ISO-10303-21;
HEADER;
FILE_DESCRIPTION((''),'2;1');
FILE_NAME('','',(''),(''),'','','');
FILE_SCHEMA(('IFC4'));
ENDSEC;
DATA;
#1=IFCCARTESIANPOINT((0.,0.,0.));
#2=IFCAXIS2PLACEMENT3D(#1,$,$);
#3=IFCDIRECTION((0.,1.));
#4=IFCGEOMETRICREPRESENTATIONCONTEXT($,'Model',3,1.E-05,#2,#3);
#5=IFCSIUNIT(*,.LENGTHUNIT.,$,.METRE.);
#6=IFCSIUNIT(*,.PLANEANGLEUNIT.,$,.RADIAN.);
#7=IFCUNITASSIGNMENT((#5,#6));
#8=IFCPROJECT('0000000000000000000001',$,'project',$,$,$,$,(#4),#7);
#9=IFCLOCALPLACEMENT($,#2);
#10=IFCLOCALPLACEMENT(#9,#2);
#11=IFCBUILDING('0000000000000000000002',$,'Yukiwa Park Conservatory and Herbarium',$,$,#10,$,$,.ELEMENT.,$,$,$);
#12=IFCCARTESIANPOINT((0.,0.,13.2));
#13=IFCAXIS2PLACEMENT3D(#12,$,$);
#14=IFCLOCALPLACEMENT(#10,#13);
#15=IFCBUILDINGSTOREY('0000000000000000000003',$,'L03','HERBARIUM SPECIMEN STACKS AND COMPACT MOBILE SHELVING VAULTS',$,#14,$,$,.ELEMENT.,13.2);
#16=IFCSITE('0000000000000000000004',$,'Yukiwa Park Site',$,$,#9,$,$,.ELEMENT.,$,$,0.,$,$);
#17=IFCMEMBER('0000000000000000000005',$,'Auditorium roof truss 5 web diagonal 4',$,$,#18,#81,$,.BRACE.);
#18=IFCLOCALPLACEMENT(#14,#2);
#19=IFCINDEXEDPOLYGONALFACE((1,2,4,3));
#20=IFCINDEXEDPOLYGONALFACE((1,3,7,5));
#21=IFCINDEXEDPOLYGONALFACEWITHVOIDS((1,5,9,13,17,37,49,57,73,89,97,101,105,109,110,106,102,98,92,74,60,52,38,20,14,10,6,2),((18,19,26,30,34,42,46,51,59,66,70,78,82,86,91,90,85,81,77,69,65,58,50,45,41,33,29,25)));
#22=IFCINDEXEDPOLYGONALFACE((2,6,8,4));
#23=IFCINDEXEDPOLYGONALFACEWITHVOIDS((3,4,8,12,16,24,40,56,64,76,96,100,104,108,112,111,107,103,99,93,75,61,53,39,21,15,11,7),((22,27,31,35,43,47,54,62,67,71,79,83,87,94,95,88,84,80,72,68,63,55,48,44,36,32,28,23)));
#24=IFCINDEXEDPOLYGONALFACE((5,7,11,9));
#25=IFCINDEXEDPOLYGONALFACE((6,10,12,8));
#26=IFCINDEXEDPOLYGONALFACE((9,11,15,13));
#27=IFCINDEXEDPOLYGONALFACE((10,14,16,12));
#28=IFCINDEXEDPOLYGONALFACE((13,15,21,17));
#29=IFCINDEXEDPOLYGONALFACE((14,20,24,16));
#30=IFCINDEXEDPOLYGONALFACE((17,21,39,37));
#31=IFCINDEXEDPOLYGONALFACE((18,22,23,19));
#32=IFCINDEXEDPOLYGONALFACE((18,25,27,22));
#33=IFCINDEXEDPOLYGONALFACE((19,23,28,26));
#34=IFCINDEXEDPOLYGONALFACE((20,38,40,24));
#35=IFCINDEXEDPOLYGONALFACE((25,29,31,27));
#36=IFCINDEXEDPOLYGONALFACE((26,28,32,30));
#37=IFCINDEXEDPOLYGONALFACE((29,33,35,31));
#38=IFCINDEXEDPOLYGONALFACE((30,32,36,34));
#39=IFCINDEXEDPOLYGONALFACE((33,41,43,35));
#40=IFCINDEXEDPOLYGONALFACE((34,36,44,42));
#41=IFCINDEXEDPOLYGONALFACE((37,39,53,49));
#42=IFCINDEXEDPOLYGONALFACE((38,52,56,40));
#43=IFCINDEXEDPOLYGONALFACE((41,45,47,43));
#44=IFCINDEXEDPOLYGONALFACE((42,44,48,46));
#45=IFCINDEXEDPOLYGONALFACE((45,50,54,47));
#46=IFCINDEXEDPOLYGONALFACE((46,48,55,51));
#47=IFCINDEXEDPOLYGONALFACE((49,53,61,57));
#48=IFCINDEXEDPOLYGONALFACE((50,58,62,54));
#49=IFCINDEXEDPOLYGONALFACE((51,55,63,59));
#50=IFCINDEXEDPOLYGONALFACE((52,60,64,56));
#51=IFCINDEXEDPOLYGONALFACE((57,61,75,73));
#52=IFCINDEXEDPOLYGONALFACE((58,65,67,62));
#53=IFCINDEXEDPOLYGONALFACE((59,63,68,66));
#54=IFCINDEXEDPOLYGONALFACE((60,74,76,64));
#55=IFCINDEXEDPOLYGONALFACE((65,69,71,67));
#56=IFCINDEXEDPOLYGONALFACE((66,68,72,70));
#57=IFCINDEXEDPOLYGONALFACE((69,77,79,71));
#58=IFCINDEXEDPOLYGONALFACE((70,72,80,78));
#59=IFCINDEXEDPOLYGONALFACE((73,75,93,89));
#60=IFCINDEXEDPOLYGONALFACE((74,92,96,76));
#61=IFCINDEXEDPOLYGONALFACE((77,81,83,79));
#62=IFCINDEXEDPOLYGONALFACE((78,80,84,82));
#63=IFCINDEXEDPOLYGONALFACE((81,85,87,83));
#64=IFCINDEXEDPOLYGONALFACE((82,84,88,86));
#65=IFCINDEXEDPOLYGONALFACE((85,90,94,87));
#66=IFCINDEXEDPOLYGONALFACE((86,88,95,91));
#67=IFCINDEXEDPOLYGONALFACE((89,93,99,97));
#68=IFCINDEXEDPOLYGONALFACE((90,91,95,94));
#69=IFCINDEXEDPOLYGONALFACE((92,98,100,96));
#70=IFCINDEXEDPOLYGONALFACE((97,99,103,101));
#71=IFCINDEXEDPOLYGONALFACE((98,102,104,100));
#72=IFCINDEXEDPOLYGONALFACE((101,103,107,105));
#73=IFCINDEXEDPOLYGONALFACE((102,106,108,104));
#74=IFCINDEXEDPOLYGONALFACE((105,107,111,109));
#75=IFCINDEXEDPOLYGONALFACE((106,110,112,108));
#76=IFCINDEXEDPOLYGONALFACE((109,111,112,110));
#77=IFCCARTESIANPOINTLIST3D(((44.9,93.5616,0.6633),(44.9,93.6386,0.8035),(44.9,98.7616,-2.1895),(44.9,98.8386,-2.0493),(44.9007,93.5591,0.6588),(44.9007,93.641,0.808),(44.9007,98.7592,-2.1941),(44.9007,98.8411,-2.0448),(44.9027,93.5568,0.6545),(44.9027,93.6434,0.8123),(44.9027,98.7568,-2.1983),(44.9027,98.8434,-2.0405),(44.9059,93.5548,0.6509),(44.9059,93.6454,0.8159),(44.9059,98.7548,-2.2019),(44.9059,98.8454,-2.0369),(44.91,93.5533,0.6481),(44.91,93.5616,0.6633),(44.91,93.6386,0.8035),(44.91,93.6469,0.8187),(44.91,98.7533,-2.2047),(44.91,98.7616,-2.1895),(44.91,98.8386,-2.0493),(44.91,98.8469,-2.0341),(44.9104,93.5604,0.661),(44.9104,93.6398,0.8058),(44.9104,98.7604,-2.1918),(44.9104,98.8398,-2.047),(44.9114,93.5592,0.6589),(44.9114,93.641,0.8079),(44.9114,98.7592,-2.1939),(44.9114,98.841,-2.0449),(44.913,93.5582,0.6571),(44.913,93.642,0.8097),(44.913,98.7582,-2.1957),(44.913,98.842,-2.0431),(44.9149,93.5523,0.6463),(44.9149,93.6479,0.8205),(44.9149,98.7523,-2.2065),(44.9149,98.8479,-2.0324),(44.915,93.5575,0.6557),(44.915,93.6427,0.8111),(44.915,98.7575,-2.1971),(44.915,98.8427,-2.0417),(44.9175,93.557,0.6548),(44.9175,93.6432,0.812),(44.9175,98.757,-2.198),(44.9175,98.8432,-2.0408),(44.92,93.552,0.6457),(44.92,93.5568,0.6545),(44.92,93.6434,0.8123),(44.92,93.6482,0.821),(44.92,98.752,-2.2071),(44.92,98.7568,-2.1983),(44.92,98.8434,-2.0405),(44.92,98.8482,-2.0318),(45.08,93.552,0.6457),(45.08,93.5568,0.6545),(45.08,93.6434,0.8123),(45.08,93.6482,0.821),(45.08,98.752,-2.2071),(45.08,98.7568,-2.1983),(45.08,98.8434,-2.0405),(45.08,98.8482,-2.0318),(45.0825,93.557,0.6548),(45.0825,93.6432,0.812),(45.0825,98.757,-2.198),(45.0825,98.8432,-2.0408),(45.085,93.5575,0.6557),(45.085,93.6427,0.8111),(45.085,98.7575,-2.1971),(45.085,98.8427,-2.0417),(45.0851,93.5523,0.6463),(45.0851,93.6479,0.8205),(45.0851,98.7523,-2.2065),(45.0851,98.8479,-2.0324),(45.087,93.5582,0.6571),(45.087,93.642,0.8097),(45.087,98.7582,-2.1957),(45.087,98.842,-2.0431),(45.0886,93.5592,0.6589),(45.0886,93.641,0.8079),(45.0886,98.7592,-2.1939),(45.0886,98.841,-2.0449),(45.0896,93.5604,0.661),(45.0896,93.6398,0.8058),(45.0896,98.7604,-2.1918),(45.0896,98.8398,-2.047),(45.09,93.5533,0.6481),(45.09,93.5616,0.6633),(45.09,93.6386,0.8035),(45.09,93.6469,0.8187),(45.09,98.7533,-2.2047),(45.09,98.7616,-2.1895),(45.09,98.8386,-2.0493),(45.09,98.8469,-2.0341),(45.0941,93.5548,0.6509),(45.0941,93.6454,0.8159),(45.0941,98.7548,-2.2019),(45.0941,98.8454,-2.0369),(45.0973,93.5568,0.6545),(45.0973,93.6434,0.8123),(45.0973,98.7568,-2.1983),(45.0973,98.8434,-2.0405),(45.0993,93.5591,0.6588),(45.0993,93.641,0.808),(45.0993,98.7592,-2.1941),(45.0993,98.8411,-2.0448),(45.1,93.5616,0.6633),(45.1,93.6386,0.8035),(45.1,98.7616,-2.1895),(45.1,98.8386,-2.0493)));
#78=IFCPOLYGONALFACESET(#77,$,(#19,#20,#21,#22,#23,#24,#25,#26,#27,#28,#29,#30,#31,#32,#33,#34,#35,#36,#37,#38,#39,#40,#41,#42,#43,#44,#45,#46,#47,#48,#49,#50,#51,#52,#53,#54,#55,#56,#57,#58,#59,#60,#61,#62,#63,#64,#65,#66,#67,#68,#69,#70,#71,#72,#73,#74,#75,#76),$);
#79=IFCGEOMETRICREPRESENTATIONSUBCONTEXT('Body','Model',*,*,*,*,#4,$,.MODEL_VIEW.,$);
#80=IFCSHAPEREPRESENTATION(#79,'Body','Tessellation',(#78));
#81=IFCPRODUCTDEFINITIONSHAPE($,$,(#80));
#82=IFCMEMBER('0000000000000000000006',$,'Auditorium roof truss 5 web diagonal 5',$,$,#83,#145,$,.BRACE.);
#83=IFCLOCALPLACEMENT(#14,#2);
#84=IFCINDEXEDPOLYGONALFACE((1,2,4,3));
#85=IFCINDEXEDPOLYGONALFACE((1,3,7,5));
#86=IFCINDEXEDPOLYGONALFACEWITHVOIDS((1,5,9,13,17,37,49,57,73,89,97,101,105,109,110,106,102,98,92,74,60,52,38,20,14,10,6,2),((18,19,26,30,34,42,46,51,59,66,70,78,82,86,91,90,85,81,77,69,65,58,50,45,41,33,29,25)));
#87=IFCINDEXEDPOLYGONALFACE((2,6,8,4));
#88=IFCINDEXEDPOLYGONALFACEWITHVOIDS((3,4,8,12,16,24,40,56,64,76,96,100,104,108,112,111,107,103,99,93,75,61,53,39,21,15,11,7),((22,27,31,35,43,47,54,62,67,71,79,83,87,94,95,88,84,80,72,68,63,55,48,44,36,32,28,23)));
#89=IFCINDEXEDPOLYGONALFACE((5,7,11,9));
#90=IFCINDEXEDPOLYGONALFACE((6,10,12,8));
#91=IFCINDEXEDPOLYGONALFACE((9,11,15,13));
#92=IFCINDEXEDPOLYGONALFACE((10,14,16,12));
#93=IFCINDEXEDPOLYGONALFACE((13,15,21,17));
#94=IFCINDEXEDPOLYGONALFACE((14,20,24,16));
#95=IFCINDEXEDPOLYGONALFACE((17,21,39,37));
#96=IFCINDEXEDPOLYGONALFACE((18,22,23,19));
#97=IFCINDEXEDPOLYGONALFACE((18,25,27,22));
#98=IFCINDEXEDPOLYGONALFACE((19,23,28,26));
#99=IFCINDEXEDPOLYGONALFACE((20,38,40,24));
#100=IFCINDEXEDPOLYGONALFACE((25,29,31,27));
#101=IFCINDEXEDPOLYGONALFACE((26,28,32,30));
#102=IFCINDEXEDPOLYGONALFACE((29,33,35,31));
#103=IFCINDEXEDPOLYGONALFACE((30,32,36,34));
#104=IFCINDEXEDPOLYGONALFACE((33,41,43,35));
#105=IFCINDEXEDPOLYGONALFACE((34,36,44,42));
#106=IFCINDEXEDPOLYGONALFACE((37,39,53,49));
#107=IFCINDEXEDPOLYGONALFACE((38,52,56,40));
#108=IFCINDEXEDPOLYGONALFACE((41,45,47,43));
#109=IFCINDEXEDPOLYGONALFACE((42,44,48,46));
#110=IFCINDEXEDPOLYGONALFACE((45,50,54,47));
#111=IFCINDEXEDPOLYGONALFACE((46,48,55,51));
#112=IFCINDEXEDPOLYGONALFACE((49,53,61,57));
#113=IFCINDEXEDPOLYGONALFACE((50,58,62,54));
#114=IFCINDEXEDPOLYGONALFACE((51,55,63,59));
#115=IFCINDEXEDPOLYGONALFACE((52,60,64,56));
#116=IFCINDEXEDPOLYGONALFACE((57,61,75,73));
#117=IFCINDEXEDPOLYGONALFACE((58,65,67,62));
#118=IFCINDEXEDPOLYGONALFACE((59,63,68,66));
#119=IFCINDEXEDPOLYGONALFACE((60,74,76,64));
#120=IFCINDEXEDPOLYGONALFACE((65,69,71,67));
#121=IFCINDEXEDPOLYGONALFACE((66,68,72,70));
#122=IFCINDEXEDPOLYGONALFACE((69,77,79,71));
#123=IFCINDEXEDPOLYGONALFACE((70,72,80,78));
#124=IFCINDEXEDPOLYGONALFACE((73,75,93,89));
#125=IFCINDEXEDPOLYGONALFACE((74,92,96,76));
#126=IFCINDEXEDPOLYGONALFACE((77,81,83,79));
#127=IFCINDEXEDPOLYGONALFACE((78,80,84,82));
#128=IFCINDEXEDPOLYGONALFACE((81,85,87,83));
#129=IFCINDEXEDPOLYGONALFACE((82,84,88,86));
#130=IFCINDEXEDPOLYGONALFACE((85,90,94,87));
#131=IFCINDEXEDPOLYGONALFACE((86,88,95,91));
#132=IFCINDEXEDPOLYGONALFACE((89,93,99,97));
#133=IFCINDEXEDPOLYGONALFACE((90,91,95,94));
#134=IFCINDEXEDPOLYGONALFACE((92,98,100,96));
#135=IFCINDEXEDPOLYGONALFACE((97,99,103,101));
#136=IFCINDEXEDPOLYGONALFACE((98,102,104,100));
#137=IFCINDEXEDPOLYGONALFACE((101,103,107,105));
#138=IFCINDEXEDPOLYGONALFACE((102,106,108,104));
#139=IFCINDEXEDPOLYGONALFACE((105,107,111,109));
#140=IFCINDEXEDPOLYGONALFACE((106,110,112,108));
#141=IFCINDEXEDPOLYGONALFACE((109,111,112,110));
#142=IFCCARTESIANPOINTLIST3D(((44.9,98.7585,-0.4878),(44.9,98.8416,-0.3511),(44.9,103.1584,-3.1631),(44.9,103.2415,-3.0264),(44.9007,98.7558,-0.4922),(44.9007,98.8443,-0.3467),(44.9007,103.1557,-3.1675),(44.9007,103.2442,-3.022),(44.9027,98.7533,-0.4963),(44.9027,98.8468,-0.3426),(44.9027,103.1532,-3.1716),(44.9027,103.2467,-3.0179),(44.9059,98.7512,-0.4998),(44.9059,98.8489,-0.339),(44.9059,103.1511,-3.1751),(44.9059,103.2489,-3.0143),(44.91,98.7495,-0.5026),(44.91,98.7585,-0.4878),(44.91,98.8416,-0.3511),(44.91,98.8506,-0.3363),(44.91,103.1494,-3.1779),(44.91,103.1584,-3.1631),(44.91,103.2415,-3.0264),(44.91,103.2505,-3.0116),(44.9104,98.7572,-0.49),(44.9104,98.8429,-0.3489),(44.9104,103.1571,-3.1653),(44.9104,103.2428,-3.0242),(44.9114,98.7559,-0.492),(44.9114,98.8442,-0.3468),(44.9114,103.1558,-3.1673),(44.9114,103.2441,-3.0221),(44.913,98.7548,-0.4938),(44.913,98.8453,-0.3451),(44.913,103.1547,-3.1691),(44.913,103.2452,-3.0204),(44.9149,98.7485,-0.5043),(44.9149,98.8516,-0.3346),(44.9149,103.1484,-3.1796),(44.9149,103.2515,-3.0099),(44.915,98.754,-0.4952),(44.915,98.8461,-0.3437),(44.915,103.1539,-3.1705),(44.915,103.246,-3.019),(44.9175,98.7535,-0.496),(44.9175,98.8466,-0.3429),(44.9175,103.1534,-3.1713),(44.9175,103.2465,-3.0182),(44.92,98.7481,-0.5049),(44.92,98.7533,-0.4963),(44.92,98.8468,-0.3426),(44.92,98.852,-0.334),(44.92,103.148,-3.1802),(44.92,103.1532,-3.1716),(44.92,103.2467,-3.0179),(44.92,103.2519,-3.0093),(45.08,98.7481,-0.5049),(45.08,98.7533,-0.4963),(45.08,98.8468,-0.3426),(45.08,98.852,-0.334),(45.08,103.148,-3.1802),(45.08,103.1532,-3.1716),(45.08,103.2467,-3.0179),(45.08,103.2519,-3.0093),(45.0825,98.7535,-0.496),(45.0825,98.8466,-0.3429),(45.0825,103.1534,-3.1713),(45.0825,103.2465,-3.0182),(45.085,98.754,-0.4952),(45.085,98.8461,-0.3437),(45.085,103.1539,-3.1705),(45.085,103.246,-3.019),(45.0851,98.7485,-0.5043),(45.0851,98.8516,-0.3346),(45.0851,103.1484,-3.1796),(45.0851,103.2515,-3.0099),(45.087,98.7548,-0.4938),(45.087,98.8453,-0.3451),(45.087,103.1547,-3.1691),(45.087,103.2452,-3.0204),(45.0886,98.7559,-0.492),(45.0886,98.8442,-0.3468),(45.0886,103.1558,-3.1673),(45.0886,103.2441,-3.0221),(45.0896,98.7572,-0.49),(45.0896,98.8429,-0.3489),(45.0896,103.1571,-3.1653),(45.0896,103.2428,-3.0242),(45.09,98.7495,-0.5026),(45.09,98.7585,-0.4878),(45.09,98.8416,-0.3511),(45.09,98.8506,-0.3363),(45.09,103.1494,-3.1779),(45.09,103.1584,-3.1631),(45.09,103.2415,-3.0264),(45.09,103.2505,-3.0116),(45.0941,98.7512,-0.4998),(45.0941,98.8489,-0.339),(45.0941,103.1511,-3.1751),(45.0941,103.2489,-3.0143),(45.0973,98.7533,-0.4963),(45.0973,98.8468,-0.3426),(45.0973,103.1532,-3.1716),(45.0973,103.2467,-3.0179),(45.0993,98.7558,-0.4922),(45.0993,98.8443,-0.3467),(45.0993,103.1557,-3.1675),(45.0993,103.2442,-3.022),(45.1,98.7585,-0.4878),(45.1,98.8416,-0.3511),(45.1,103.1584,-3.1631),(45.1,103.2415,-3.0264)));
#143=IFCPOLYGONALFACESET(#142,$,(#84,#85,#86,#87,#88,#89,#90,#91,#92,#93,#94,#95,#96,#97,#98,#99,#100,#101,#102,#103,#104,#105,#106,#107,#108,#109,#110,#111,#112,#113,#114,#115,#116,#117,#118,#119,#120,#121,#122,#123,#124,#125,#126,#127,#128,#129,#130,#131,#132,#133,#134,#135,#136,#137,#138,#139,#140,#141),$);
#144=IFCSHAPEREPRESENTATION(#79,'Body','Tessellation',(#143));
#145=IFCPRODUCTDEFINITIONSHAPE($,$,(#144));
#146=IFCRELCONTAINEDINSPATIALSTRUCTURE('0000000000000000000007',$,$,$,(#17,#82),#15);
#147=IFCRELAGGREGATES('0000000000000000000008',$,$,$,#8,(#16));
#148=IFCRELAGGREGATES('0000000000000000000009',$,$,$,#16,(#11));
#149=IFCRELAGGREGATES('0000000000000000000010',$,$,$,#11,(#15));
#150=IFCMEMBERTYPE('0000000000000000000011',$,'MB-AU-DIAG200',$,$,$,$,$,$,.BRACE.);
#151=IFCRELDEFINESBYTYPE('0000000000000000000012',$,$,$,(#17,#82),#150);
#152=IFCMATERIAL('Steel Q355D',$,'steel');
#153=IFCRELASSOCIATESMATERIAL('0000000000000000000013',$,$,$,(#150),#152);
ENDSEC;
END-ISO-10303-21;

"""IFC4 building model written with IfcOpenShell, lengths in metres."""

from ifc_helpers import new_model, si_unit, direction, frame, origin, origin_2d, place, context, subcontext, project, spatial, hollow_rectangle, extrude, material, material_profile, profile_set, type_object, element, save


model = new_model("IFC4")

# Units and contexts
model_context = context("Model", 3, precision=1e-05, world=origin(), true_north=direction((0.0, 1.0)))
body_context = subcontext(model_context, "Body", "Model", "MODEL_VIEW")
ifc_project = project(units=[si_unit("LENGTHUNIT", "METRE"), si_unit("PLANEANGLEUNIT", "RADIAN")], contexts=[model_context])

# Site, building, storey
site_placement = place(None, origin())
site = spatial("IfcSite", under=ifc_project, at=site_placement, Name="Yukiwa Park Site", CompositionType="ELEMENT", RefElevation=0.0)
building_placement = place(site_placement, origin())
building = spatial("IfcBuilding", under=site, at=building_placement, Name="Yukiwa Park Conservatory and Herbarium", CompositionType="ELEMENT")
storey_placement = place(building_placement, frame((0.0, 0.0, 13.2)))
storey = spatial("IfcBuildingStorey", under=building, at=storey_placement, Name="L03", Description="HERBARIUM SPECIMEN STACKS AND COMPACT MOBILE SHELVING VAULTS", CompositionType="ELEMENT", Elevation=13.2)

# Members
ifc_material_1 = material(Name="Steel Q355D", Category="steel")
ifc_material_profile_1 = material_profile(ifc_material_1, hollow_rectangle(XDim=0.2, YDim=0.2, WallThickness=0.01, InnerFilletRadius=0.01, OuterFilletRadius=0.02, at=origin_2d()), Name="SHS 200x200x10")
ifc_profile_set_1 = profile_set([ifc_material_profile_1], Name="Steel Q355D")
member_type_1 = type_object("IfcMemberType", Name="MB-AU-DIAG200", PredefinedType="BRACE", material=ifc_profile_set_1)
member_1_placement = place(storey_placement, frame((45.0, 93.6001, 0.7334), z_axis=(0.0, 0.876727, -0.480988), x_axis=(-1.0, 0.0, 0.0)))
element("IfcMember", 1, at=member_1_placement, inside=storey, type_object=member_type_1, Name="Auditorium roof truss 5 web diagonal 4", PredefinedType="BRACE", context=body_context, shape_type="SweptSolid", body=[
    extrude(hollow_rectangle(XDim=0.2, YDim=0.2, WallThickness=0.01, InnerFilletRadius=0.01, OuterFilletRadius=0.02, at=origin_2d()), origin(), (0.0, 0.0, 1.0), 5.9312),
])
member_2_placement = place(storey_placement, frame((45.0, 98.8, -0.4194), z_axis=(0.0, 0.854449, -0.519535), x_axis=(-1.0, 0.0, 0.0)))
element("IfcMember", 2, at=member_2_placement, inside=storey, type_object=member_type_1, Name="Auditorium roof truss 5 web diagonal 5", PredefinedType="BRACE", context=body_context, shape_type="SweptSolid", body=[
    extrude(hollow_rectangle(XDim=0.2, YDim=0.2, WallThickness=0.01, InnerFilletRadius=0.01, OuterFilletRadius=0.02, at=origin_2d()), origin(), (0.0, 0.0, 1.0), 5.1494),
])

save(model, "model.ifc")
